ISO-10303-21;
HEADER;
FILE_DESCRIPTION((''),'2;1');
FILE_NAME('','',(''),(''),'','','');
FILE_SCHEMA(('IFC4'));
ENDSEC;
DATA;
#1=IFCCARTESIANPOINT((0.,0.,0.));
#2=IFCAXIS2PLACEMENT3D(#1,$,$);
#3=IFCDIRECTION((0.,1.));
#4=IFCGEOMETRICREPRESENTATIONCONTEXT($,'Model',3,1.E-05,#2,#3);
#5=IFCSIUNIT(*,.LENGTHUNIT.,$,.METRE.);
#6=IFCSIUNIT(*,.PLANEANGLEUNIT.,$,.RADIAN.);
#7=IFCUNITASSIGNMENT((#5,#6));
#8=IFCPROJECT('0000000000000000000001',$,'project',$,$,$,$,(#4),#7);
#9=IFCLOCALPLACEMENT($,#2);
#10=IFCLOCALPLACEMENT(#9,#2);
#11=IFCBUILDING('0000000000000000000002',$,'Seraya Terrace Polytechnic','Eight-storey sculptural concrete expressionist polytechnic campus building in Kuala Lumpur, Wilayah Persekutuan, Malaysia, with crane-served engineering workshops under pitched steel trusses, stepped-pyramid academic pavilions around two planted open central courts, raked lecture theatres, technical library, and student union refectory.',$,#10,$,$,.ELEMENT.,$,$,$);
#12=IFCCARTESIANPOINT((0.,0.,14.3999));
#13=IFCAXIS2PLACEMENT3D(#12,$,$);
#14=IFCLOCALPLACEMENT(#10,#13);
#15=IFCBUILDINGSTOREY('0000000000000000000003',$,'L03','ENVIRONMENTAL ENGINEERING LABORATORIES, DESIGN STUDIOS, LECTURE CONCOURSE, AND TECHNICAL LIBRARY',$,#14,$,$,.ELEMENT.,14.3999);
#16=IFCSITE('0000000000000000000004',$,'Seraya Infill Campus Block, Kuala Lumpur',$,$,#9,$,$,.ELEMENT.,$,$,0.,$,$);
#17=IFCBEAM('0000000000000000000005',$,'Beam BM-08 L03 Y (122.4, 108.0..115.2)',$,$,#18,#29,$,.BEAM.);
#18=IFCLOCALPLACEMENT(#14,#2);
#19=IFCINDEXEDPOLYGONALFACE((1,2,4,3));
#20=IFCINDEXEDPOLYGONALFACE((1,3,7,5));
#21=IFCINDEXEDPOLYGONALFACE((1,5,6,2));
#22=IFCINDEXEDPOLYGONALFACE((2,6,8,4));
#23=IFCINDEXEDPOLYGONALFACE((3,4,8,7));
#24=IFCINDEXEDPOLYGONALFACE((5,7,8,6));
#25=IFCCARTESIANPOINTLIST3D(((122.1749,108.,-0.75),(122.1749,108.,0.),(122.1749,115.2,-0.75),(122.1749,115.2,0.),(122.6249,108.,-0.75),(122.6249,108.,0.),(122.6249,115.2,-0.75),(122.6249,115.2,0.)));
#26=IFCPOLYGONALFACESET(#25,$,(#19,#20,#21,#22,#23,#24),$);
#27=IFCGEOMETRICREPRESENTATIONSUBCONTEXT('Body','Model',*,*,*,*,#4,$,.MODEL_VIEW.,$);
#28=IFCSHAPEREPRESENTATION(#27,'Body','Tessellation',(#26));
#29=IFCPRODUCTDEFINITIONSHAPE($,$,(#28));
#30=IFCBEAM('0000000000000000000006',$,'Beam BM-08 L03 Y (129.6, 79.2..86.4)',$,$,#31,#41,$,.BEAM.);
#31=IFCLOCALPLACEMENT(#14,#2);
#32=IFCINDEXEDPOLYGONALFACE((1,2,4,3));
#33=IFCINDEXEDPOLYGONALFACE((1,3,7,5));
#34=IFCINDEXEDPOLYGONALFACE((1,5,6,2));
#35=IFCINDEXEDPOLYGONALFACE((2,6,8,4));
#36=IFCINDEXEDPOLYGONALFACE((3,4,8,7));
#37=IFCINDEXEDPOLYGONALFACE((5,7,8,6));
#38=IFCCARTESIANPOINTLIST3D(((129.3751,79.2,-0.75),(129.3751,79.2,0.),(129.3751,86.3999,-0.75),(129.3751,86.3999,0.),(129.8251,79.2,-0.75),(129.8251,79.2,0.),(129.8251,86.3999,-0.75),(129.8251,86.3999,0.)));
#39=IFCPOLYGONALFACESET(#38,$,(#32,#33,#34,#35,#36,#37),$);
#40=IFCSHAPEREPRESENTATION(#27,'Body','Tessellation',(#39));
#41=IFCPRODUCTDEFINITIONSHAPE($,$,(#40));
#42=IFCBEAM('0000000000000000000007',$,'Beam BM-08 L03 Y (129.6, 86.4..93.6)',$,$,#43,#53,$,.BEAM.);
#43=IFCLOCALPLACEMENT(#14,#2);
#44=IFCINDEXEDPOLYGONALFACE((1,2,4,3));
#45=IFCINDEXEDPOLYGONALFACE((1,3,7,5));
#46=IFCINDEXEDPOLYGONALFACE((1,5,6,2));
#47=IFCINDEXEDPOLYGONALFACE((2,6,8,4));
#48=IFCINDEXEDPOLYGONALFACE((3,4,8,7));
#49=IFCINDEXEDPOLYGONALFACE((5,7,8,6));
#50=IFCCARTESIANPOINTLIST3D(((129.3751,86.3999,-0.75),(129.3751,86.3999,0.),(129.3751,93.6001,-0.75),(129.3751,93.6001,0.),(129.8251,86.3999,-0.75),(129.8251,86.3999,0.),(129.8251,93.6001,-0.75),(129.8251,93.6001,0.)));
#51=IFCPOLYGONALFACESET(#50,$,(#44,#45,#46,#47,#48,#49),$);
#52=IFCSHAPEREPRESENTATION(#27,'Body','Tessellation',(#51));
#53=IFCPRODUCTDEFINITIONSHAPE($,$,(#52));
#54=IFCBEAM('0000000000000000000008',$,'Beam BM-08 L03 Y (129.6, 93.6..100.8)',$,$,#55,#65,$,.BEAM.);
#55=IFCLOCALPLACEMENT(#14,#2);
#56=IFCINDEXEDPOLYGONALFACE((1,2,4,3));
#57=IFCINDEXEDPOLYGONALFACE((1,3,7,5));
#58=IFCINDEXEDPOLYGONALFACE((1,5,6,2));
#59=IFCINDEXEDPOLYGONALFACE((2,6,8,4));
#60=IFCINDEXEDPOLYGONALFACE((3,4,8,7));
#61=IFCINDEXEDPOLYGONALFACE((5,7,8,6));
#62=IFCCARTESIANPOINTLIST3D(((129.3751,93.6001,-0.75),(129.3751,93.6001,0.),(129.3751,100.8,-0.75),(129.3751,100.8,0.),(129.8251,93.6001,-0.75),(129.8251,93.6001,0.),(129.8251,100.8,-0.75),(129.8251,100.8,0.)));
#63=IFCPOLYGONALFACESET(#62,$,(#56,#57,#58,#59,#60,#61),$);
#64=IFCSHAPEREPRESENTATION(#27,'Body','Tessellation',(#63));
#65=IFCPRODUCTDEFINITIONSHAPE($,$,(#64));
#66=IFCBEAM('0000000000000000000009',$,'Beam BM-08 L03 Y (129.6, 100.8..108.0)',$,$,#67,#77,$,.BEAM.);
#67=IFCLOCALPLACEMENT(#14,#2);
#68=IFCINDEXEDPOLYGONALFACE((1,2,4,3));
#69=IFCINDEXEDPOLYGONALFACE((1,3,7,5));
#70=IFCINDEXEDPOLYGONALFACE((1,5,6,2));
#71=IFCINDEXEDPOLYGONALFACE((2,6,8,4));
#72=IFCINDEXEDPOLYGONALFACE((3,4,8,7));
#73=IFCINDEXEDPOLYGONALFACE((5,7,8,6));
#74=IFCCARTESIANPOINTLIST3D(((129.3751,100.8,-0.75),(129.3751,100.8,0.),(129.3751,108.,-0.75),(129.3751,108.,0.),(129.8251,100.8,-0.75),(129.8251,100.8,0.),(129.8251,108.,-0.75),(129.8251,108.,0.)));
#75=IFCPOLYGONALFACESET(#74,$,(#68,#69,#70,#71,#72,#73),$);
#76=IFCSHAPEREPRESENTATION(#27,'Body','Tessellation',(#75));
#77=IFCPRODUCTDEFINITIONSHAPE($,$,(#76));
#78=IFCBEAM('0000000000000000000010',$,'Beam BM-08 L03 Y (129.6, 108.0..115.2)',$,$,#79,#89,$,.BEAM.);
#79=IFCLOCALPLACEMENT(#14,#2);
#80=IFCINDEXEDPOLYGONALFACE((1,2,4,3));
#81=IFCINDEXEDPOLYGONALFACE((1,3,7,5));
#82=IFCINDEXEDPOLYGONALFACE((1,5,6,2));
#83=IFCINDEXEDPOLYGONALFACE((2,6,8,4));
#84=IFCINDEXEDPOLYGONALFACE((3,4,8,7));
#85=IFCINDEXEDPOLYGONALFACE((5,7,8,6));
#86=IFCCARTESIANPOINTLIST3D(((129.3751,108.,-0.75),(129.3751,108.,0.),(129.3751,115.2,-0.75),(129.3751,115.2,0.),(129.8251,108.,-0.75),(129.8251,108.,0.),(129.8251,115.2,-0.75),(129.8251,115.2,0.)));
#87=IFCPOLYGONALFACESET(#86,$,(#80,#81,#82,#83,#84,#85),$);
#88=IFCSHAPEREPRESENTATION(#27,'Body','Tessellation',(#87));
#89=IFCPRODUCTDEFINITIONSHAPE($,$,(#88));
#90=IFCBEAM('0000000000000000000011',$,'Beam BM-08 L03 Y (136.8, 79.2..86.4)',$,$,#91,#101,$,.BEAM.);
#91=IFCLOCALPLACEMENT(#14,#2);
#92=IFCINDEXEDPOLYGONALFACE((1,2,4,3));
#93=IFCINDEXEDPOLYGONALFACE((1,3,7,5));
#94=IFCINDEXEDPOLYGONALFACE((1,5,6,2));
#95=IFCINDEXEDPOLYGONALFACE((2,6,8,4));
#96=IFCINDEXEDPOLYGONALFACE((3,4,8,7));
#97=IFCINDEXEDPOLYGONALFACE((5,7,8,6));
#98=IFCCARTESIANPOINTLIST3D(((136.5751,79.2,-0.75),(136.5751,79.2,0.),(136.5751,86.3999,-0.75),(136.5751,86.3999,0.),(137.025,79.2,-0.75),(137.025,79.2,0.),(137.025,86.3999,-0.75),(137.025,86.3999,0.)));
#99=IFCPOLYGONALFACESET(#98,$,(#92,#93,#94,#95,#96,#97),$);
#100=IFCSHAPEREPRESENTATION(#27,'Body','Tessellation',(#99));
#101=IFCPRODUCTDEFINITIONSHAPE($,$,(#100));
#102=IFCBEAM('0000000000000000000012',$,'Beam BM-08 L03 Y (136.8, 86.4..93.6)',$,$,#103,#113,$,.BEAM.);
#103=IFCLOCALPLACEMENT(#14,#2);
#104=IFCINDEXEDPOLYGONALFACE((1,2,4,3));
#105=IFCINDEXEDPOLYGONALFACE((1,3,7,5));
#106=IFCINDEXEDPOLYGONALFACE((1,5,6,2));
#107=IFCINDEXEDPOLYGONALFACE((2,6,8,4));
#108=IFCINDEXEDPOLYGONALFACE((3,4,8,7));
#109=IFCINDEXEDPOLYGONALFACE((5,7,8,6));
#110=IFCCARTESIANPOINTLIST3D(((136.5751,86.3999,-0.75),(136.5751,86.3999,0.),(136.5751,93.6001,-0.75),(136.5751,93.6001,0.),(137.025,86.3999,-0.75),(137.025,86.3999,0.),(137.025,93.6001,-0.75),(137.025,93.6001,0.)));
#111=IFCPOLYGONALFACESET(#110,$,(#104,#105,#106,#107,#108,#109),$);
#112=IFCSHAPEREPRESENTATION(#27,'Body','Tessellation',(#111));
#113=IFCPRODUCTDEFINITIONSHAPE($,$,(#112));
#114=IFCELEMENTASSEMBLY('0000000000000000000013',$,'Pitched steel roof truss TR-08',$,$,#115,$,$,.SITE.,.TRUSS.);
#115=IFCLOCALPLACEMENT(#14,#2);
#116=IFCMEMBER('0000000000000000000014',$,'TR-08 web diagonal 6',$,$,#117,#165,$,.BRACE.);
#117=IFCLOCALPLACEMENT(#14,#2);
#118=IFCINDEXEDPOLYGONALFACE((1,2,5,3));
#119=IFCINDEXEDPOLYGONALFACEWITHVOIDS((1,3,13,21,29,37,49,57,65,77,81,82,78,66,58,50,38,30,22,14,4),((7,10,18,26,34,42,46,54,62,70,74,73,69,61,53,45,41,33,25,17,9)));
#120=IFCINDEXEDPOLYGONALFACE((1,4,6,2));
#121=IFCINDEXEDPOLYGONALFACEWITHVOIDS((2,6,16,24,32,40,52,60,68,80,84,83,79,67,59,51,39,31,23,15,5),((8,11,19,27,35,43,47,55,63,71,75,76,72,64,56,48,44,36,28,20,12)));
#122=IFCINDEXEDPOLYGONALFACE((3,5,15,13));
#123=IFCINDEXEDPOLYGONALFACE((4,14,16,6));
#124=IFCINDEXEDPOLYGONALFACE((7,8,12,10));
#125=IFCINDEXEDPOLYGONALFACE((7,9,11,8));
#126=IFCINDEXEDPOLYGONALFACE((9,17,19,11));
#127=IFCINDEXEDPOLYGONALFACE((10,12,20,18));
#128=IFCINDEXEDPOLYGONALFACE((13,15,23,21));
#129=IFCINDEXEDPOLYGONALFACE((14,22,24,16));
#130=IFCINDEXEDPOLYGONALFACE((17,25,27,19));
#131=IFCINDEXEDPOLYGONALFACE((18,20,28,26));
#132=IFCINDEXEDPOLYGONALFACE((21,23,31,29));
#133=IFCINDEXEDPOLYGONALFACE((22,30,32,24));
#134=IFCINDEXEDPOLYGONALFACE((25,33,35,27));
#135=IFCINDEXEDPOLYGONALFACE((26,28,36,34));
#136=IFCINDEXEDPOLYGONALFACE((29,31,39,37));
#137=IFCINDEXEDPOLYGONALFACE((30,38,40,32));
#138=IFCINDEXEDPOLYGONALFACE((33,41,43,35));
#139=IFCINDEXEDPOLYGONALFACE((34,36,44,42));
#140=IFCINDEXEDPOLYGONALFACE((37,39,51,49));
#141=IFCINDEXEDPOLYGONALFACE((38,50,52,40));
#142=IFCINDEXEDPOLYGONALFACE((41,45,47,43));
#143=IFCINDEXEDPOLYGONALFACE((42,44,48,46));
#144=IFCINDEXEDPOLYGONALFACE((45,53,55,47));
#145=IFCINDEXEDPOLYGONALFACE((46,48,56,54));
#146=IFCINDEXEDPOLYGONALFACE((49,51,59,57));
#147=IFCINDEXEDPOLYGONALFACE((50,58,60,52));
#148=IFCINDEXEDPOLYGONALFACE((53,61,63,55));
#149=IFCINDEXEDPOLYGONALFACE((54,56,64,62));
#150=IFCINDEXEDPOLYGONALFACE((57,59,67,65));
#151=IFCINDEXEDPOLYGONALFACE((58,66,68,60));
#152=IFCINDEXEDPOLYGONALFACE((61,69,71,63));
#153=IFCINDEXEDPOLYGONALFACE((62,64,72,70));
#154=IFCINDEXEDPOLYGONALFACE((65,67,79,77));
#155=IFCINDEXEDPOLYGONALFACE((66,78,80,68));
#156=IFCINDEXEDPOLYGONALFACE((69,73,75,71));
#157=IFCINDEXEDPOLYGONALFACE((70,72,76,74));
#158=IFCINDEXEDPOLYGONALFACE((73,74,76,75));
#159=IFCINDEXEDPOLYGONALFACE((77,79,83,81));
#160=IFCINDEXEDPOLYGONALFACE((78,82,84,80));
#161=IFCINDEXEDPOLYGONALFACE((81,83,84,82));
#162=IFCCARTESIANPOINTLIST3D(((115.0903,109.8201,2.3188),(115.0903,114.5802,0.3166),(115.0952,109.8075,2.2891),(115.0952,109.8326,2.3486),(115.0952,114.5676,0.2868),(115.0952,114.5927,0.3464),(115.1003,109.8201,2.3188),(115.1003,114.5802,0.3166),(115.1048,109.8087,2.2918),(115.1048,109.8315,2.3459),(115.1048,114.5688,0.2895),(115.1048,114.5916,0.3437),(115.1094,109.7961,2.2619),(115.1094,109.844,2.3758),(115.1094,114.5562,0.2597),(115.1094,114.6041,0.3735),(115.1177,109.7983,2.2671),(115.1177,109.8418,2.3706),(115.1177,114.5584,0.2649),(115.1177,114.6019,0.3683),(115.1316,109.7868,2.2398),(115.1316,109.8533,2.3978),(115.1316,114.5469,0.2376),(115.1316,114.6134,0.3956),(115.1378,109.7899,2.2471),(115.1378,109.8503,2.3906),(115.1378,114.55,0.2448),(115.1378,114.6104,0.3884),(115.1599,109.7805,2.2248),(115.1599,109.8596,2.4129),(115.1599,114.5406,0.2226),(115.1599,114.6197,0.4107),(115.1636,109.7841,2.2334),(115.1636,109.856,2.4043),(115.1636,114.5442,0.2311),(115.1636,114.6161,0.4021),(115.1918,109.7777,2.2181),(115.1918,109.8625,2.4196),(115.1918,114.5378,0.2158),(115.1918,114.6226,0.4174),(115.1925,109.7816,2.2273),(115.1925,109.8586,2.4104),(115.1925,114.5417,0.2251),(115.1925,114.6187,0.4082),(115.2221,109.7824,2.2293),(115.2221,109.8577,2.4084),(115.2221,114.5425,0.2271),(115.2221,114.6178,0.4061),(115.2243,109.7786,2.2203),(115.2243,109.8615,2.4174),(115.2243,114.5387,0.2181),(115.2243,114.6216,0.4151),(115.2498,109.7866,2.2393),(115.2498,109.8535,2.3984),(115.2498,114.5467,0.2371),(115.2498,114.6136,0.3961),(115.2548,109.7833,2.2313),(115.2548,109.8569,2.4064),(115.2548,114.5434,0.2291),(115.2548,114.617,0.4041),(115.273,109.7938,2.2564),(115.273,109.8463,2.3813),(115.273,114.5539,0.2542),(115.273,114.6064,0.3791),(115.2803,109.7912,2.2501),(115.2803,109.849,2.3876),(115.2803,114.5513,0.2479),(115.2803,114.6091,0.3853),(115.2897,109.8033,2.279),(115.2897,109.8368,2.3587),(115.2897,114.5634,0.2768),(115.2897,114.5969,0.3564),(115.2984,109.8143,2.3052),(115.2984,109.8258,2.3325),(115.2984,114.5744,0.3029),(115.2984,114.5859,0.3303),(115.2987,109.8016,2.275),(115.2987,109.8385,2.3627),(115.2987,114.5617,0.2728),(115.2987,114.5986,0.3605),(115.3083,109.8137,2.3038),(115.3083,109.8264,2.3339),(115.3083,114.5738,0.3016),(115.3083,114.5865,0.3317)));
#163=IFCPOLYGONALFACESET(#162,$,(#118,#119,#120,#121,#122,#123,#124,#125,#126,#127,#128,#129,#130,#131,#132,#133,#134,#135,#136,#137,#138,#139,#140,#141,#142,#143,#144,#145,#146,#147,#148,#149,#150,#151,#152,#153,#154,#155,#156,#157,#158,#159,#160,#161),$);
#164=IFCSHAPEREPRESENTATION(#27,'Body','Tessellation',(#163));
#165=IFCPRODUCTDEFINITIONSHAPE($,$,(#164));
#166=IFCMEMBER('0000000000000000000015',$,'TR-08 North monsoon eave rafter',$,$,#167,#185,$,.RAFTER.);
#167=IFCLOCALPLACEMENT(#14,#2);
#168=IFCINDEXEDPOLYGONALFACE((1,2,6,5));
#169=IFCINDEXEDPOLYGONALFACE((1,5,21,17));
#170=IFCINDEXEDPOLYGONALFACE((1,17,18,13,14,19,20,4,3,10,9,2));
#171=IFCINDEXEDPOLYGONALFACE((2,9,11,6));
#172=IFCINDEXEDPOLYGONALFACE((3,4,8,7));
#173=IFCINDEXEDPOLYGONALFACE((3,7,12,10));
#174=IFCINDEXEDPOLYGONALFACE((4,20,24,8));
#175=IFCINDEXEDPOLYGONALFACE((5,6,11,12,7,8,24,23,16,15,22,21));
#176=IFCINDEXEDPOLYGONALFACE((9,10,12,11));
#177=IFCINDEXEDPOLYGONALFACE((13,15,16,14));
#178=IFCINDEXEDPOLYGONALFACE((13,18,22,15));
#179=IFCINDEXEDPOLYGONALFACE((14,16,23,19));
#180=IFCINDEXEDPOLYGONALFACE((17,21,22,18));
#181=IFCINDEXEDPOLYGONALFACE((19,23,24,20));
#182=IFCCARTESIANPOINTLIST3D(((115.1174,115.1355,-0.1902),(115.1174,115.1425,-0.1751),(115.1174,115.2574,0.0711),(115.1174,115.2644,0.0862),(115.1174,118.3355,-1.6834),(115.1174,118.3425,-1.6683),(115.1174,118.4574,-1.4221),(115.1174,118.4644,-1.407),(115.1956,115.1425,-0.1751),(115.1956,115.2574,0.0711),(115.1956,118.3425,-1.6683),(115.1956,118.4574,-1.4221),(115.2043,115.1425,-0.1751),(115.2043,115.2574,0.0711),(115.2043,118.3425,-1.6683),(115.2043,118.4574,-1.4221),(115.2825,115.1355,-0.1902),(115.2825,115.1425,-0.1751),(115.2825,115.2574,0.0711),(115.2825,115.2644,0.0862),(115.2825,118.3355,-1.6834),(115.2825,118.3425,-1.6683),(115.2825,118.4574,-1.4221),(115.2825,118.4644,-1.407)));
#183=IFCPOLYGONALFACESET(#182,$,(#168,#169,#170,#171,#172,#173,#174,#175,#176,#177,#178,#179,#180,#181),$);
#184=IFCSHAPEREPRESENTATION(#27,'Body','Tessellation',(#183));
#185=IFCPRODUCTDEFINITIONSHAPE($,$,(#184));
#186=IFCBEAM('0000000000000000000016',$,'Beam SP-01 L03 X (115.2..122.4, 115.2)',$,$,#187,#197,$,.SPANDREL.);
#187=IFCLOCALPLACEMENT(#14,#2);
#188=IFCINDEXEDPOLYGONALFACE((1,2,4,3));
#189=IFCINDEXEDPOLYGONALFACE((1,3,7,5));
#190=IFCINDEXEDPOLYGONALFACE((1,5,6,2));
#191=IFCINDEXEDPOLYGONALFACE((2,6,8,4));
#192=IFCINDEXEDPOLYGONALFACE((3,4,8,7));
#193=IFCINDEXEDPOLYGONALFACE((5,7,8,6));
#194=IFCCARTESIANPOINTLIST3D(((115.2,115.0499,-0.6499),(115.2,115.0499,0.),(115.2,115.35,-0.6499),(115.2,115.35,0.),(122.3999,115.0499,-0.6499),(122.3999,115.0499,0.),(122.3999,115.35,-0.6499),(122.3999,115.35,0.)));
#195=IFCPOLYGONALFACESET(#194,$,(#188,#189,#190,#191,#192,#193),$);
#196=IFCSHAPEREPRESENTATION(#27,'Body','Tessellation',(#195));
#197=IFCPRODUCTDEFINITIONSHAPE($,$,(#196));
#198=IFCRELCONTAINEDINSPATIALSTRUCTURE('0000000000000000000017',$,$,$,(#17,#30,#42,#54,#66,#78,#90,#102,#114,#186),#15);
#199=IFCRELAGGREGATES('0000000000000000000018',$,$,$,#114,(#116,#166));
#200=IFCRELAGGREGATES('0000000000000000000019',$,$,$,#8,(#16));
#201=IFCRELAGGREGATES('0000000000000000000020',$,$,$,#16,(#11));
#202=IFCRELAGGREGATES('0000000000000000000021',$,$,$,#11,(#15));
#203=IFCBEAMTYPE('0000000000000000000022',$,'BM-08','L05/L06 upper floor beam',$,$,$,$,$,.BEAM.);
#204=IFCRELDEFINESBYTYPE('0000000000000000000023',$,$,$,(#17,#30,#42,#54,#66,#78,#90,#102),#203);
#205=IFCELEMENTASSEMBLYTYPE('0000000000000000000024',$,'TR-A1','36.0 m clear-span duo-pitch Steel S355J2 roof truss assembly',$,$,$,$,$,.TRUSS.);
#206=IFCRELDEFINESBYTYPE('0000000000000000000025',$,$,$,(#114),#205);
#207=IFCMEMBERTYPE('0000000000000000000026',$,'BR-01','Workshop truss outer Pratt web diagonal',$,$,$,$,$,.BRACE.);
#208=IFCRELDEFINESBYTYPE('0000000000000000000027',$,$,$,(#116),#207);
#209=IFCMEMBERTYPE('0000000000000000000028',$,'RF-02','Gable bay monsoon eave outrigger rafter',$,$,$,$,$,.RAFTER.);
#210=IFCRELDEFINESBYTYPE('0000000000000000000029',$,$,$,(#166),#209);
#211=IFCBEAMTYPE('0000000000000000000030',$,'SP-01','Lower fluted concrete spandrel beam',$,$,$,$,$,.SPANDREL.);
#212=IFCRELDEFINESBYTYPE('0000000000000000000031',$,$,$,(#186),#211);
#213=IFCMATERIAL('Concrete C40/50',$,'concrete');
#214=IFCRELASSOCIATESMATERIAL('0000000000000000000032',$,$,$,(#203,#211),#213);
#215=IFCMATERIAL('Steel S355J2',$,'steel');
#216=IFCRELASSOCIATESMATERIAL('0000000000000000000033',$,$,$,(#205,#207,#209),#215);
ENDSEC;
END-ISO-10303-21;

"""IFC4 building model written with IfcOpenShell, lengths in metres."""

from ifc_helpers import new_model, si_unit, direction, frame, origin, origin_2d, place, context, subcontext, project, spatial, rectangle, hollow_circle, i_section, extrude, material, material_profile, profile_set, type_object, element, aggregate, save


model = new_model("IFC4")

# Units and contexts
model_context = context("Model", 3, precision=1e-05, world=origin(), true_north=direction((0.0, 1.0)))
body_context = subcontext(model_context, "Body", "Model", "MODEL_VIEW")
ifc_project = project(units=[si_unit("LENGTHUNIT", "METRE"), si_unit("PLANEANGLEUNIT", "RADIAN")], contexts=[model_context])

# Site, building, storey
site_placement = place(None, origin())
site = spatial("IfcSite", under=ifc_project, at=site_placement, Name="Seraya Infill Campus Block, Kuala Lumpur", CompositionType="ELEMENT", RefElevation=0.0)
building_placement = place(site_placement, origin())
building = spatial("IfcBuilding", under=site, at=building_placement, Name="Seraya Terrace Polytechnic", Description="Eight-storey sculptural concrete expressionist polytechnic campus building in Kuala Lumpur, Wilayah Persekutuan, Malaysia, with crane-served engineering workshops under pitched steel trusses, stepped-pyramid academic pavilions around two planted open central courts, raked lecture theatres, technical library, and student union refectory.", CompositionType="ELEMENT")
storey_placement = place(building_placement, frame((0.0, 0.0, 14.3999)))
storey = spatial("IfcBuildingStorey", under=building, at=storey_placement, Name="L03", Description="ENVIRONMENTAL ENGINEERING LABORATORIES, DESIGN STUDIOS, LECTURE CONCOURSE, AND TECHNICAL LIBRARY", CompositionType="ELEMENT", Elevation=14.3999)

# Beams
ifc_material_1 = material(Name="Concrete C40/50", Category="concrete")
ifc_material_profile_1 = material_profile(ifc_material_1, rectangle(XDim=0.45, YDim=0.75, at=origin_2d()), Name="RC 450x750")
ifc_profile_set_1 = profile_set([ifc_material_profile_1], Name="Concrete C40/50")
beam_type_1 = type_object("IfcBeamType", Name="BM-08", Description="L05/L06 upper floor beam", PredefinedType="BEAM", material=ifc_profile_set_1)
for number, where, z_axis, x_axis, name in (
    (1, (122.3999, 108.0, -0.375), (0.0, 1.0, 0.0), (-1.0, 0.0, 0.0), "Beam BM-08 L03 Y (122.4, 108.0..115.2)"),
    (2, (129.6001, 79.2, -0.375), (0.0, 1.0, 0.0), (-1.0, 0.0, 0.0), "Beam BM-08 L03 Y (129.6, 79.2..86.4)"),
):
    element("IfcBeam", number, at=place(storey_placement, frame(where, z_axis=z_axis, x_axis=x_axis)), inside=storey, type_object=beam_type_1, Name=name, PredefinedType="BEAM", context=body_context, shape_type="SweptSolid", body=[
        extrude(rectangle(XDim=0.45, YDim=0.75, at=origin_2d()), origin(), (0.0, 0.0, 1.0), 7.2),
    ])
beam_1_placement = place(storey_placement, frame((129.6001, 86.3999, -0.375), z_axis=(0.0, 1.0, 0.0), x_axis=(-1.0, 0.0, 0.0)))
element("IfcBeam", 3, at=beam_1_placement, inside=storey, type_object=beam_type_1, Name="Beam BM-08 L03 Y (129.6, 86.4..93.6)", PredefinedType="BEAM", context=body_context, shape_type="SweptSolid", body=[
    extrude(rectangle(XDim=0.45, YDim=0.75, at=origin_2d()), origin(), (0.0, 0.0, 1.0), 7.2002),
])
for number, where, z_axis, x_axis, name in (
    (4, (129.6001, 93.6001, -0.375), (0.0, 1.0, 0.0), (-1.0, 0.0, 0.0), "Beam BM-08 L03 Y (129.6, 93.6..100.8)"),
    (5, (129.6001, 100.8, -0.375), (0.0, 1.0, 0.0), (-1.0, 0.0, 0.0), "Beam BM-08 L03 Y (129.6, 100.8..108.0)"),
    (6, (129.6001, 108.0, -0.375), (0.0, 1.0, 0.0), (-1.0, 0.0, 0.0), "Beam BM-08 L03 Y (129.6, 108.0..115.2)"),
    (7, (136.8, 79.2, -0.375), (0.0, 1.0, 0.0), (-1.0, 0.0, 0.0), "Beam BM-08 L03 Y (136.8, 79.2..86.4)"),
):
    element("IfcBeam", number, at=place(storey_placement, frame(where, z_axis=z_axis, x_axis=x_axis)), inside=storey, type_object=beam_type_1, Name=name, PredefinedType="BEAM", context=body_context, shape_type="SweptSolid", body=[
        extrude(rectangle(XDim=0.45, YDim=0.75, at=origin_2d()), origin(), (0.0, 0.0, 1.0), 7.2),
    ])
beam_2_placement = place(storey_placement, frame((136.8, 86.3999, -0.375), z_axis=(0.0, 1.0, 0.0), x_axis=(-1.0, 0.0, 0.0)))
element("IfcBeam", 8, at=beam_2_placement, inside=storey, type_object=beam_type_1, Name="Beam BM-08 L03 Y (136.8, 86.4..93.6)", PredefinedType="BEAM", context=body_context, shape_type="SweptSolid", body=[
    extrude(rectangle(XDim=0.45, YDim=0.75, at=origin_2d()), origin(), (0.0, 0.0, 1.0), 7.2002),
])

# Element assembly, members
ifc_material_2 = material(Name="Steel S355J2", Category="steel")
element_assembly_type = type_object("IfcElementAssemblyType", Name="TR-A1", Description="36.0 m clear-span duo-pitch Steel S355J2 roof truss assembly", PredefinedType="TRUSS", material=ifc_material_2)
assembly_placement = place(storey_placement, origin())
assembly = element("IfcElementAssembly", 9, at=assembly_placement, inside=storey, type_object=element_assembly_type, Name="Pitched steel roof truss TR-08", AssemblyPlace="SITE", PredefinedType="TRUSS")
ifc_material_profile_2 = material_profile(ifc_material_2, hollow_circle(Radius=0.1096, WallThickness=0.01, at=origin_2d()), Name="CHS 219.1x10.0")
ifc_profile_set_2 = profile_set([ifc_material_profile_2], Name="Steel S355J2")
member_type_1 = type_object("IfcMemberType", Name="BR-01", Description="Workshop truss outer Pratt web diagonal", PredefinedType="BRACE", material=ifc_profile_set_2)
member_1_placement = place(storey_placement, frame((115.2, 109.8201, 2.3188), z_axis=(0.0, 0.921775, -0.387725), x_axis=(-1.0, 0.0, 0.0)))
member_1 = element("IfcMember", 10, at=member_1_placement, type_object=member_type_1, Name="TR-08 web diagonal 6", PredefinedType="BRACE", context=body_context, shape_type="SweptSolid", body=[
    extrude(hollow_circle(Radius=0.1096, WallThickness=0.01, at=origin_2d()), origin(), (0.0, 0.0, 1.0), 5.1641),
])
ifc_material_profile_3 = material_profile(ifc_material_2, i_section(OverallWidth=0.165, OverallDepth=0.3049, WebThickness=0.0088, FlangeThickness=0.0166, at=origin_2d()), Name="UKB 305x165x8.9x16.7")
ifc_profile_set_3 = profile_set([ifc_material_profile_3], Name="Steel S355J2")
member_type_2 = type_object("IfcMemberType", Name="RF-02", Description="Gable bay monsoon eave outrigger rafter", PredefinedType="RAFTER", material=ifc_profile_set_3)
member_2_placement = place(storey_placement, frame((115.2, 115.2, -0.052), z_axis=(0.0, 0.906199, -0.422851), x_axis=(-1.0, 0.0, 0.0)))
member_2 = element("IfcMember", 11, at=member_2_placement, type_object=member_type_2, Name="TR-08 North monsoon eave rafter", PredefinedType="RAFTER", context=body_context, shape_type="SweptSolid", body=[
    extrude(i_section(OverallWidth=0.165, OverallDepth=0.3049, WebThickness=0.0088, FlangeThickness=0.0166, at=origin_2d()), origin(), (0.0, 0.0, 1.0), 3.5312),
])

# Beam
ifc_material_profile_4 = material_profile(ifc_material_1, rectangle(XDim=0.3, YDim=0.6499, at=origin_2d()), Name="RC 300x650")
ifc_profile_set_4 = profile_set([ifc_material_profile_4], Name="Concrete C40/50")
beam_type_2 = type_object("IfcBeamType", Name="SP-01", Description="Lower fluted concrete spandrel beam", PredefinedType="SPANDREL", material=ifc_profile_set_4)
beam_3_placement = place(storey_placement, frame((115.2, 115.2, -0.325), z_axis=(1.0, 0.0, 0.0), x_axis=(0.0, 1.0, 0.0)))
element("IfcBeam", 12, at=beam_3_placement, inside=storey, type_object=beam_type_2, Name="Beam SP-01 L03 X (115.2..122.4, 115.2)", PredefinedType="SPANDREL", context=body_context, shape_type="SweptSolid", body=[
    extrude(rectangle(XDim=0.3, YDim=0.6499, at=origin_2d()), origin(), (0.0, 0.0, 1.0), 7.2),
])

aggregate(assembly, [member_1, member_2])

save(model, "model.ifc")
